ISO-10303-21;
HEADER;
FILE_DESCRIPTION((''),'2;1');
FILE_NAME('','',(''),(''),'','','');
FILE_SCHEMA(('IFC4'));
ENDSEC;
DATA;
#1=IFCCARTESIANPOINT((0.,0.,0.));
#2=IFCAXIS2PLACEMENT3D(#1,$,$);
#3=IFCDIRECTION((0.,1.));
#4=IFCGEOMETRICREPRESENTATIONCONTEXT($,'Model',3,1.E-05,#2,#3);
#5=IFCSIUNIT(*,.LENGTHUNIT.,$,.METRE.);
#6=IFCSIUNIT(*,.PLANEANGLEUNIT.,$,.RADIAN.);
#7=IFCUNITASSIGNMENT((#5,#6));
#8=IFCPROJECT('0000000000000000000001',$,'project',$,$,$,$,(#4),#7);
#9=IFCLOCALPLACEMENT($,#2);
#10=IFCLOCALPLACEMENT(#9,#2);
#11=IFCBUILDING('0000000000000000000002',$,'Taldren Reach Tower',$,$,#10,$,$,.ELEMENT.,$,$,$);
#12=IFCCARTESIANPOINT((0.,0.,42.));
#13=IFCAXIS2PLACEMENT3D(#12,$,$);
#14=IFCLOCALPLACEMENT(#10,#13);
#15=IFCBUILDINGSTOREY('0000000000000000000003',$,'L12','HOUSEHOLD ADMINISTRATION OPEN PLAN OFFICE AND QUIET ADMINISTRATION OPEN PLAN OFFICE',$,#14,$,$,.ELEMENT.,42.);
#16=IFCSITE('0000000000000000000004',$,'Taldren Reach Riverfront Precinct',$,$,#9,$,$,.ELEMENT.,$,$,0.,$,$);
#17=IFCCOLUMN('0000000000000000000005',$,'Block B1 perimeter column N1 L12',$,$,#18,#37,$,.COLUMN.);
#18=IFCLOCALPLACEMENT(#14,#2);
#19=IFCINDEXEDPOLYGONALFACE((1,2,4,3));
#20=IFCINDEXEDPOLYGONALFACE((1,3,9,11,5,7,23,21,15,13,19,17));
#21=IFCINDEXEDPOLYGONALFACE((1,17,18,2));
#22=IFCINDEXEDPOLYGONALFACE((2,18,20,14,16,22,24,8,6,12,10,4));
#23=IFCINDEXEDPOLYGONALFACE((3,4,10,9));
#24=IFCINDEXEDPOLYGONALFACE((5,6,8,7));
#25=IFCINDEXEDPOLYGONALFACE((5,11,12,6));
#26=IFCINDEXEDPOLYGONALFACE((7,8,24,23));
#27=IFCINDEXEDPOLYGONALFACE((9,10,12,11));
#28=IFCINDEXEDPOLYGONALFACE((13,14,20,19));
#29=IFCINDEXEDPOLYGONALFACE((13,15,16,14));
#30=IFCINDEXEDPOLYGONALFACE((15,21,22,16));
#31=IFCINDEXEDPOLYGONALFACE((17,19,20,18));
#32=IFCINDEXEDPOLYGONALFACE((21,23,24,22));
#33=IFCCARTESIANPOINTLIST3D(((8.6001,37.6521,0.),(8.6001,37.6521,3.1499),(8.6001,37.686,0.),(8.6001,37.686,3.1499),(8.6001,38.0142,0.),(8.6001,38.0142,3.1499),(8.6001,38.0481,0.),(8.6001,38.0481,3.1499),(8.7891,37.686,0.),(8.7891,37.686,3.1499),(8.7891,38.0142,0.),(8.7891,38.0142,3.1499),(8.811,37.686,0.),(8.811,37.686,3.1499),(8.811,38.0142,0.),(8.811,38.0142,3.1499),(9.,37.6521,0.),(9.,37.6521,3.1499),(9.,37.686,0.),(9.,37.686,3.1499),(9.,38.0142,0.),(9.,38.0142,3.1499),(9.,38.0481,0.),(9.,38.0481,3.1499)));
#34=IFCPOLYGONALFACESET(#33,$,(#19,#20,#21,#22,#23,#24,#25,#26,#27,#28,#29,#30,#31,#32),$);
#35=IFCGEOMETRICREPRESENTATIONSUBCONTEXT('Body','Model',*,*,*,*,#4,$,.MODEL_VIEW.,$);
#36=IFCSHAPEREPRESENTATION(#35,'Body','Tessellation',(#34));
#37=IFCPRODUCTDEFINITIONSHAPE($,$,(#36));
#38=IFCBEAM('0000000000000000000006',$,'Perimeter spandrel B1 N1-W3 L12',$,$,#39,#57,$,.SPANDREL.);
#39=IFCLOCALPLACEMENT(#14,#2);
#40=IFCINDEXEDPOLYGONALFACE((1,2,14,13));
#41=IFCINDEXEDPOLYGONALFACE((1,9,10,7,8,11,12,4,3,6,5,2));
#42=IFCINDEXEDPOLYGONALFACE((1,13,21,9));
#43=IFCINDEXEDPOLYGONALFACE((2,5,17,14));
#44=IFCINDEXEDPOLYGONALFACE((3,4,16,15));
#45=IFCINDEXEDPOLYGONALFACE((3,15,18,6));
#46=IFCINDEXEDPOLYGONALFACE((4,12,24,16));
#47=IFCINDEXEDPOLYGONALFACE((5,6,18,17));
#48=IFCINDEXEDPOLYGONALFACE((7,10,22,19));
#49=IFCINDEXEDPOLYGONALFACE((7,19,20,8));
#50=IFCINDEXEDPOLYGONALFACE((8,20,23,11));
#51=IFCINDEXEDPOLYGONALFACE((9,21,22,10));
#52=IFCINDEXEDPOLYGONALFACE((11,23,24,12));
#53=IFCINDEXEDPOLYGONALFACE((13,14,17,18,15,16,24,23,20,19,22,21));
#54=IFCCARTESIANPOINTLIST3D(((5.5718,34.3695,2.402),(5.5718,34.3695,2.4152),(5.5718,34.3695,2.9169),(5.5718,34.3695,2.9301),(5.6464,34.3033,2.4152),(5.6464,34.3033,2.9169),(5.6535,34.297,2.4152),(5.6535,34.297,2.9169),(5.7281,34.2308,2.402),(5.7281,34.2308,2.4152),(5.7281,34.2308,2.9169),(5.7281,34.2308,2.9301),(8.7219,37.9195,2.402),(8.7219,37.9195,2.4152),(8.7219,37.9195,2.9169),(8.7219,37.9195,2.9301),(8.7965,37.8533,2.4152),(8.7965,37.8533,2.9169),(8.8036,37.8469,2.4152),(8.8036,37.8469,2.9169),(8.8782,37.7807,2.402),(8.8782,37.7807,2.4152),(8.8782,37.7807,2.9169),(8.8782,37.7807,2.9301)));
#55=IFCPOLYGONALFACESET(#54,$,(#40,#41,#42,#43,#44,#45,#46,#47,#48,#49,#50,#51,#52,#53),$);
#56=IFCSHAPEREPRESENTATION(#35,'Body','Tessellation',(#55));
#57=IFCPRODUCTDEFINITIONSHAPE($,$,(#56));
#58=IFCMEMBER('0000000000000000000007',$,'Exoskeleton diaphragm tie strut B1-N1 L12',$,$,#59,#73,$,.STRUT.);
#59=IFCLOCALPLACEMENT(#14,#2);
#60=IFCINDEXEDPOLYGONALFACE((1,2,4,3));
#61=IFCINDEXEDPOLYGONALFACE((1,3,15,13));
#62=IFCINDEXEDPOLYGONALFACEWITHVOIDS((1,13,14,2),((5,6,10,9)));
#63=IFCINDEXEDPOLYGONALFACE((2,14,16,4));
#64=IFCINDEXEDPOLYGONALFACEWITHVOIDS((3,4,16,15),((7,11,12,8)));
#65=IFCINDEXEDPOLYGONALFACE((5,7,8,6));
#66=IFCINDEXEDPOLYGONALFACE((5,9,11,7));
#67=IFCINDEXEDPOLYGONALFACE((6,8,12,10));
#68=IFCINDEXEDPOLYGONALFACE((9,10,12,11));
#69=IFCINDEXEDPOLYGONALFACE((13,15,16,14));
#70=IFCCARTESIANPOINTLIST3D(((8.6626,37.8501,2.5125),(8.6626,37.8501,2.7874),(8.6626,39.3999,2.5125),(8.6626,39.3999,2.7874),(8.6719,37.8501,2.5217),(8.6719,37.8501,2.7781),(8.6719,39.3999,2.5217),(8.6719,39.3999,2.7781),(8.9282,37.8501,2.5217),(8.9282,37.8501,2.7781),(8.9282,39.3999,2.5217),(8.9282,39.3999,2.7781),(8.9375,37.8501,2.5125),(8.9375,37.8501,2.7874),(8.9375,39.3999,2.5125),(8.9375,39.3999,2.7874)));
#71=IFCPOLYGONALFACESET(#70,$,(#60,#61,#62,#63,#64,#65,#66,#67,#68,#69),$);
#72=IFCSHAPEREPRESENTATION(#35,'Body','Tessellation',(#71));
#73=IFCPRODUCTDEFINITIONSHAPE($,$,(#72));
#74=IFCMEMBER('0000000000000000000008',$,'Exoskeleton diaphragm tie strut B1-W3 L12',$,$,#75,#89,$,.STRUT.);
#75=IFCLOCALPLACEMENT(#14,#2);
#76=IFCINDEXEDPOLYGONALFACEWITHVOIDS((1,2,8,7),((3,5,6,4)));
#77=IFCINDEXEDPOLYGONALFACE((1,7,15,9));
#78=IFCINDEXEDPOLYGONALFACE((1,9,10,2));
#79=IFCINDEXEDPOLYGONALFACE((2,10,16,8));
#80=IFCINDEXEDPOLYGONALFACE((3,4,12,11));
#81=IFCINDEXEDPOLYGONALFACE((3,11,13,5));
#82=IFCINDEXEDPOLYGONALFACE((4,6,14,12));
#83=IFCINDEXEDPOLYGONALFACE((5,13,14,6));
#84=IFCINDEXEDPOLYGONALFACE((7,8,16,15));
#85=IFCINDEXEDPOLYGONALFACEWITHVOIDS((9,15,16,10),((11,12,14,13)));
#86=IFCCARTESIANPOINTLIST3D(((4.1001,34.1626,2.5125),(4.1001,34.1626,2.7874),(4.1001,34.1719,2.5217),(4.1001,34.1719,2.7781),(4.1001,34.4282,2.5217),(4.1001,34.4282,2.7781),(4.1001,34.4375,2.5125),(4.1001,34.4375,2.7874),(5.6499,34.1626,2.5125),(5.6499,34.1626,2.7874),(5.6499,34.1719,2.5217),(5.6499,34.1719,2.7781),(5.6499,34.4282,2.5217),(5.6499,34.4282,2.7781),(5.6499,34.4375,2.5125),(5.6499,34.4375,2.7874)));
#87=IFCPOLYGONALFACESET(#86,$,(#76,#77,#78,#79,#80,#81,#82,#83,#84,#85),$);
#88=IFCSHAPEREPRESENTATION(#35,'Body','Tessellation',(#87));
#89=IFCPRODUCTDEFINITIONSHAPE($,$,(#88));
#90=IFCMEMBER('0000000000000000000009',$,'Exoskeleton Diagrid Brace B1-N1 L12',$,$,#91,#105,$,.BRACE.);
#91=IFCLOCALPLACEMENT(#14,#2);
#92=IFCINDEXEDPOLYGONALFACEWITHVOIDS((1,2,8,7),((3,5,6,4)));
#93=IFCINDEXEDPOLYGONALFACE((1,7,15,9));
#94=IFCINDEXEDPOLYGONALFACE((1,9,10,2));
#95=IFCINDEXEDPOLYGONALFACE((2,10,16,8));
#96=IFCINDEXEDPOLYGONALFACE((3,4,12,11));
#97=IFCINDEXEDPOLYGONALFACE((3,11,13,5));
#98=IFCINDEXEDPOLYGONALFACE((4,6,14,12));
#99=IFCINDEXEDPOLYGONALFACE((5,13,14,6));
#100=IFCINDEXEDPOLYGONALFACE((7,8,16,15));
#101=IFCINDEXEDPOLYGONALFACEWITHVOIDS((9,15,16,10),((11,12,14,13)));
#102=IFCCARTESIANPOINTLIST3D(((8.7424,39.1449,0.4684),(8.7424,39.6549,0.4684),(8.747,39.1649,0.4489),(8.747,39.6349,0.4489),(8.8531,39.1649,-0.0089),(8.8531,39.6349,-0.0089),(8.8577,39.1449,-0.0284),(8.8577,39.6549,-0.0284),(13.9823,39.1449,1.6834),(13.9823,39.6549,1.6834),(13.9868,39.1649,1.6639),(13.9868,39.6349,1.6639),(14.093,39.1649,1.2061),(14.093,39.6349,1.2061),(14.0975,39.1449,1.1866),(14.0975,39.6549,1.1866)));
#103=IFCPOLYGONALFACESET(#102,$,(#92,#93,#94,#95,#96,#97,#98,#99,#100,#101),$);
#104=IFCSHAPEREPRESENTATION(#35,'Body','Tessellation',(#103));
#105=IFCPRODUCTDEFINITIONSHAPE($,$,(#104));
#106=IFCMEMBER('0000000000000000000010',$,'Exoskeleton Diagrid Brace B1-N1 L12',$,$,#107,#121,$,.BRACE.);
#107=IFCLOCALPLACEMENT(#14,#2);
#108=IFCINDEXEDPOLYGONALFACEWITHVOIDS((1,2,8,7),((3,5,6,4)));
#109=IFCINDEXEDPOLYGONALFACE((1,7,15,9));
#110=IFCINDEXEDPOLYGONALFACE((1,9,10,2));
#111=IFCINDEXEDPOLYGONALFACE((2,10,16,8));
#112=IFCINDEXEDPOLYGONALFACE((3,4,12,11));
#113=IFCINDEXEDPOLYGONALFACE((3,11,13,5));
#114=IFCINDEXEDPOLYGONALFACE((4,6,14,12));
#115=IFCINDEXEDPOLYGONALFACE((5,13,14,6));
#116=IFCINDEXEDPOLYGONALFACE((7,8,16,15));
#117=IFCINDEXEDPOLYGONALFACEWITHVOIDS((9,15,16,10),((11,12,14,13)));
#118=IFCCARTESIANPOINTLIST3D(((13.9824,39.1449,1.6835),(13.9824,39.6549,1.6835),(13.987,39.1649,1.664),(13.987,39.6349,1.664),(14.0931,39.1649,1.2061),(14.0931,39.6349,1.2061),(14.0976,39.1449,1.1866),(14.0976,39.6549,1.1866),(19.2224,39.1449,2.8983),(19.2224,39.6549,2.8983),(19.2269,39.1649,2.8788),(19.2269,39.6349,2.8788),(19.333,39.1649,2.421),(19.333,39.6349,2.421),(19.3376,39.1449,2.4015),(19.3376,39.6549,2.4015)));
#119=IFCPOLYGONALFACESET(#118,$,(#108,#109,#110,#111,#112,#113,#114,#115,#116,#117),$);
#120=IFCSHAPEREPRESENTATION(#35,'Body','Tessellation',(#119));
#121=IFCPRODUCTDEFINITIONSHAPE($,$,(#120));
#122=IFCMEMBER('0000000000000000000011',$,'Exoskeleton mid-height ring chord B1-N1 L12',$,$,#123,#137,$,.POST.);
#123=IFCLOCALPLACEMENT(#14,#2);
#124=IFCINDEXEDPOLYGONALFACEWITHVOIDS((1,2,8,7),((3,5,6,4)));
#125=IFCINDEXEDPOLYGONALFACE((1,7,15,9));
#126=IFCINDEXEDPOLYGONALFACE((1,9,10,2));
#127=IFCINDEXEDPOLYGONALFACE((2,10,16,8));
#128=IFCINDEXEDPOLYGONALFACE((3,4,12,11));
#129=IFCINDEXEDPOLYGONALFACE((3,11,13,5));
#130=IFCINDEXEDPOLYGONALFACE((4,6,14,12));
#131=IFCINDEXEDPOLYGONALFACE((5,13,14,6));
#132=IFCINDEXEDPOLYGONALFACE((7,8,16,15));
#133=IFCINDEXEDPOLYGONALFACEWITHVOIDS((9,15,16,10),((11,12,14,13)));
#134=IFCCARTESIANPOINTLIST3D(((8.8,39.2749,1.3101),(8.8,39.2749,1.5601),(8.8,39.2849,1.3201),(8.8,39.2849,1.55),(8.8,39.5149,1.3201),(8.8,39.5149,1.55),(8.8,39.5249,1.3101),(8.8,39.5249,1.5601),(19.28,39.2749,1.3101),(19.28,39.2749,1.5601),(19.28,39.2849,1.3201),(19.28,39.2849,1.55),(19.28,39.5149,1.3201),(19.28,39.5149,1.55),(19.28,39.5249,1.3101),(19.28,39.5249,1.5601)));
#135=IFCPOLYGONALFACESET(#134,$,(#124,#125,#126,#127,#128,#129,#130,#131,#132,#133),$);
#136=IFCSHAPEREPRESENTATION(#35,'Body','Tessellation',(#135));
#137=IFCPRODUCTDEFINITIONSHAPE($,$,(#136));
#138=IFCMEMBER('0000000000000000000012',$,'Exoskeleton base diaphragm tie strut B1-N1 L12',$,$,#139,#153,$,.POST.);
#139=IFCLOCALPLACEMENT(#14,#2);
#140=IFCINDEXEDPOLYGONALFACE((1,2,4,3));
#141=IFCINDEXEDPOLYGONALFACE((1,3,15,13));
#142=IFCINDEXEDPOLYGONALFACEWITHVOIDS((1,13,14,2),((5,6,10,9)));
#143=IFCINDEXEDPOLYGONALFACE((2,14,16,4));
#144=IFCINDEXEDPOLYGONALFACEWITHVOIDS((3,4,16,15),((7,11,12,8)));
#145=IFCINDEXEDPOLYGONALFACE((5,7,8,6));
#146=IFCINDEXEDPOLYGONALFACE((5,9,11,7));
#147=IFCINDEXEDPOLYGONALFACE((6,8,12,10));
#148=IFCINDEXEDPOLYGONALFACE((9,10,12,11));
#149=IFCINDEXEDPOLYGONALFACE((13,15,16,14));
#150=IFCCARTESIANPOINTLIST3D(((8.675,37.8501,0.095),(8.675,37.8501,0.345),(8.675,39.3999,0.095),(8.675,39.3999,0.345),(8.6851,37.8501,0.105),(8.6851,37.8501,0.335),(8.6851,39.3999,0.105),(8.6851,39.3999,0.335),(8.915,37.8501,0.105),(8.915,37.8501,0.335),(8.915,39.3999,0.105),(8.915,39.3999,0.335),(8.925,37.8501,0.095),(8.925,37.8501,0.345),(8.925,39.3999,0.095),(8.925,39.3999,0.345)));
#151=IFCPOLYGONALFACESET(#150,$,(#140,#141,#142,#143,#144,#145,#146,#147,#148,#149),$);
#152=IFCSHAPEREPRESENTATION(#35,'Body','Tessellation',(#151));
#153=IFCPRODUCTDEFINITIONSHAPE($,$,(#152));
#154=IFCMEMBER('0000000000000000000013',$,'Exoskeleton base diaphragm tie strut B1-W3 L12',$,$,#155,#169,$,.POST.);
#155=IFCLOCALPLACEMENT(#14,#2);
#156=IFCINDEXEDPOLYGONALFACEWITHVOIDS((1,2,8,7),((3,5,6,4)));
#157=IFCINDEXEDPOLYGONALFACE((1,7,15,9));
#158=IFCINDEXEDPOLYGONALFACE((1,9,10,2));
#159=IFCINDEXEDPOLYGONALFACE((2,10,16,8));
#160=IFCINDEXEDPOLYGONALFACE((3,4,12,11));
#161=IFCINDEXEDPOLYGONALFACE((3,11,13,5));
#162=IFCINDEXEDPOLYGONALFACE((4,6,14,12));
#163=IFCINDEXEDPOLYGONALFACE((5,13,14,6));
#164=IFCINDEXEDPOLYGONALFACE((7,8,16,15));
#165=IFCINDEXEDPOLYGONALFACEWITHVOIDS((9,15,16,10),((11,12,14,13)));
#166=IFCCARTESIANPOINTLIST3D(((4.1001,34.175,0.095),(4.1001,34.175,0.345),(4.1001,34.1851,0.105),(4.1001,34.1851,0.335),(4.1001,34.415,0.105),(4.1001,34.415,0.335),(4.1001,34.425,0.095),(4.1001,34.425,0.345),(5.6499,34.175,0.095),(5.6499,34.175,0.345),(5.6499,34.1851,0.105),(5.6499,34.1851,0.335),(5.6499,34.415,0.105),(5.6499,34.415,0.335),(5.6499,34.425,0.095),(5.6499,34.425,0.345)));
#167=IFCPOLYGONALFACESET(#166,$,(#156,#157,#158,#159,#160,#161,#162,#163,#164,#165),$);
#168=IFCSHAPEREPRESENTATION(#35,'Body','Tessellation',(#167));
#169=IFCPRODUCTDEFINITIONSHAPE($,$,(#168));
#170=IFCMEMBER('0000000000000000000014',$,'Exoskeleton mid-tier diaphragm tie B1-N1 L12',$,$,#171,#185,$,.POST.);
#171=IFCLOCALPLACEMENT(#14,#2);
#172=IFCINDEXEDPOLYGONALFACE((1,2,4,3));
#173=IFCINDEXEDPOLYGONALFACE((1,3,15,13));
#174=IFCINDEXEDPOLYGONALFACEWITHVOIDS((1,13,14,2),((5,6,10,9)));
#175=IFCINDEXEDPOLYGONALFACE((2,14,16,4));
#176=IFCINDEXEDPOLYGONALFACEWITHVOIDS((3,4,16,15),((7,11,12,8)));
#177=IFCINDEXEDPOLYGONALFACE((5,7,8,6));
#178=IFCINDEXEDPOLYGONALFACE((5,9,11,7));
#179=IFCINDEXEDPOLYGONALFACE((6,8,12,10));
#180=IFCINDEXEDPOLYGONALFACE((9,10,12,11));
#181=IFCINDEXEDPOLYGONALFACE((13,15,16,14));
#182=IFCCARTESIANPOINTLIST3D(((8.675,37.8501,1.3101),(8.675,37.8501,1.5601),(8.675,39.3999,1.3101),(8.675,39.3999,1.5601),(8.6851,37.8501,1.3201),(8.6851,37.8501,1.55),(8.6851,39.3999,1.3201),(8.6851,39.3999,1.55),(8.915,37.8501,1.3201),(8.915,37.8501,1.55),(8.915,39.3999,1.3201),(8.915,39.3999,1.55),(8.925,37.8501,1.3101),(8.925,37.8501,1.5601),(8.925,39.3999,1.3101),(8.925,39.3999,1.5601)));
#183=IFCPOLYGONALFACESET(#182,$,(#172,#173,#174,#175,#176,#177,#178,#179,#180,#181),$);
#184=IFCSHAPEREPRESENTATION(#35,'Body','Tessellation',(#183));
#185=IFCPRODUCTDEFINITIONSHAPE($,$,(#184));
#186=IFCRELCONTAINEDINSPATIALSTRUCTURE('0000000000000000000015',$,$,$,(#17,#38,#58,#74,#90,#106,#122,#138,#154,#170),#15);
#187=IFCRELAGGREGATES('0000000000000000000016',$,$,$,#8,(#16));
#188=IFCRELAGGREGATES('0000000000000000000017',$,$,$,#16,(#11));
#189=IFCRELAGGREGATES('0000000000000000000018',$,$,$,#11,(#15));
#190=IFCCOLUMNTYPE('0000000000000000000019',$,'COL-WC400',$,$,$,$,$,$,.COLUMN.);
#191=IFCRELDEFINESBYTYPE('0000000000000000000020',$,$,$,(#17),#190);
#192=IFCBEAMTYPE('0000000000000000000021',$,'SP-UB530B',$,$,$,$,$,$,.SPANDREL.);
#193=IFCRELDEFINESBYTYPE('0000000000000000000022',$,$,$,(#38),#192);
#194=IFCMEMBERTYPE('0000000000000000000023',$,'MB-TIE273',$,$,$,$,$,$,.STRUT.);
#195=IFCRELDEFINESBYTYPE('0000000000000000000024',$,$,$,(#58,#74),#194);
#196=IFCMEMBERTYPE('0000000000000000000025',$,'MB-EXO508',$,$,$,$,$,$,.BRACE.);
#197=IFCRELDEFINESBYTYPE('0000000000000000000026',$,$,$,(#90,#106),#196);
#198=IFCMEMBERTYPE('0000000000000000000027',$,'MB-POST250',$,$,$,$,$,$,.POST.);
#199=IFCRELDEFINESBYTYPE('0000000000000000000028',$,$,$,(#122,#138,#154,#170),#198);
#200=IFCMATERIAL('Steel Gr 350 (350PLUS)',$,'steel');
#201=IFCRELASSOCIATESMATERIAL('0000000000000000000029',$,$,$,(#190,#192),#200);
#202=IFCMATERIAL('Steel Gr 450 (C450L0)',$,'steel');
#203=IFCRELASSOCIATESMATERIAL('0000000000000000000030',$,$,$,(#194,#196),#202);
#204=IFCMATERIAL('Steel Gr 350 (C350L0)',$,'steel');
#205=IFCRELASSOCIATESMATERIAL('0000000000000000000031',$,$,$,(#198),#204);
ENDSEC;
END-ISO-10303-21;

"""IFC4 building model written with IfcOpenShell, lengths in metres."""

from ifc_helpers import new_model, si_unit, direction, frame, origin, origin_2d, place, context, subcontext, project, spatial, hollow_rectangle, i_section, extrude, source, transform, mapped, material, material_profile, profile_set, type_object, element, save


model = new_model("IFC4")

# Units and contexts
model_context = context("Model", 3, precision=1e-05, world=origin(), true_north=direction((0.0, 1.0)))
body_context = subcontext(model_context, "Body", "Model", "MODEL_VIEW")
ifc_project = project(units=[si_unit("LENGTHUNIT", "METRE"), si_unit("PLANEANGLEUNIT", "RADIAN")], contexts=[model_context])

# Site, building, storey
site_placement = place(None, origin())
site = spatial("IfcSite", under=ifc_project, at=site_placement, Name="Taldren Reach Riverfront Precinct", CompositionType="ELEMENT", RefElevation=0.0)
building_placement = place(site_placement, origin())
building = spatial("IfcBuilding", under=site, at=building_placement, Name="Taldren Reach Tower", CompositionType="ELEMENT")
storey_placement = place(building_placement, frame((0.0, 0.0, 42.0)))
storey = spatial("IfcBuildingStorey", under=building, at=storey_placement, Name="L12", Description="HOUSEHOLD ADMINISTRATION OPEN PLAN OFFICE AND QUIET ADMINISTRATION OPEN PLAN OFFICE", CompositionType="ELEMENT", Elevation=42.0)

# Column
ifc_material_1 = material(Name="Steel Gr 350 (350PLUS)", Category="steel")
ifc_material_profile_1 = material_profile(ifc_material_1, i_section(OverallWidth=0.3999, OverallDepth=0.396, WebThickness=0.022, FlangeThickness=0.0339, at=origin_2d()), Name="400WC270")
ifc_profile_set_1 = profile_set([ifc_material_profile_1], Name="Steel Gr 350 (350PLUS)")
column_type = type_object("IfcColumnType", Name="COL-WC400", PredefinedType="COLUMN", material=ifc_profile_set_1)
shared_shape_1 = source(origin(), body_context, "Body", "SweptSolid", [
    extrude(i_section(OverallWidth=0.3999, OverallDepth=0.396, WebThickness=0.022, FlangeThickness=0.0339, at=origin_2d()), origin(), (0.0, 0.0, 1.0), 3.1499),
])
column_placement = place(storey_placement, frame((8.8, 37.8501, 0.0), z_axis=(0.0, 0.0, 1.0), x_axis=(1.0, 0.0, 0.0)))
element("IfcColumn", 1, at=column_placement, inside=storey, type_object=column_type, Name="Block B1 perimeter column N1 L12", PredefinedType="COLUMN", context=body_context, shape_type="MappedRepresentation", body=[
    mapped(shared_shape_1, transform((0.0, 0.0, 0.0), scale=1.0)),
])

# Beam
ifc_material_profile_2 = material_profile(ifc_material_1, i_section(OverallWidth=0.209, OverallDepth=0.5281, WebThickness=0.0095, FlangeThickness=0.0132, at=origin_2d()), Name="530UB82.0")
ifc_profile_set_2 = profile_set([ifc_material_profile_2], Name="Steel Gr 350 (350PLUS)")
beam_type = type_object("IfcBeamType", Name="SP-UB530B", PredefinedType="SPANDREL", material=ifc_profile_set_2)
shared_shape_2 = source(origin(), body_context, "Body", "SweptSolid", [
    extrude(i_section(OverallWidth=0.209, OverallDepth=0.5281, WebThickness=0.0095, FlangeThickness=0.0132, at=origin_2d()), origin(), (0.0, 0.0, 1.0), 4.7461),
])
beam_placement = place(storey_placement, frame((8.8, 37.8501, 2.666), z_axis=(-0.663722, -0.747979, 0.0), x_axis=(0.747979, -0.663722, 0.0)))
element("IfcBeam", 2, at=beam_placement, inside=storey, type_object=beam_type, Name="Perimeter spandrel B1 N1-W3 L12", PredefinedType="SPANDREL", context=body_context, shape_type="MappedRepresentation", body=[
    mapped(shared_shape_2, transform((0.0, 0.0, 0.0), scale=1.0)),
])

# Members
ifc_material_2 = material(Name="Steel Gr 450 (C450L0)", Category="steel")
ifc_material_profile_3 = material_profile(ifc_material_2, hollow_rectangle(XDim=0.2749, YDim=0.2749, WallThickness=0.0093, at=origin_2d()), Name="275x275x9.3SHS")
ifc_profile_set_3 = profile_set([ifc_material_profile_3], Name="Steel Gr 450 (C450L0)")
member_type_1 = type_object("IfcMemberType", Name="MB-TIE273", PredefinedType="STRUT", material=ifc_profile_set_3)
shared_shape_3 = source(origin(), body_context, "Body", "SweptSolid", [
    extrude(hollow_rectangle(XDim=0.2749, YDim=0.2749, WallThickness=0.0093, at=origin_2d()), origin(), (0.0, 0.0, 1.0), 1.5498),
])
for number, where, z_axis, x_axis, name in (
    (3, (8.8, 37.8501, 2.6499), (0.0, 1.0, 0.0), (-1.0, 0.0, 0.0), "Exoskeleton diaphragm tie strut B1-N1 L12"),
    (4, (5.6499, 34.3, 2.6499), (-1.0, 0.0, 0.0), (0.0, -1.0, 0.0), "Exoskeleton diaphragm tie strut B1-W3 L12"),
):
    element("IfcMember", number, at=place(storey_placement, frame(where, z_axis=z_axis, x_axis=x_axis)), inside=storey, type_object=member_type_1, Name=name, PredefinedType="STRUT", context=body_context, shape_type="MappedRepresentation", body=[
        mapped(shared_shape_3, transform((0.0, 0.0, 0.0), scale=1.0)),
    ])
ifc_material_profile_4 = material_profile(ifc_material_2, hollow_rectangle(XDim=0.51, YDim=0.51, WallThickness=0.02, at=origin_2d()), Name="510x510x20.0SHS")
ifc_profile_set_4 = profile_set([ifc_material_profile_4], Name="Steel Gr 450 (C450L0)")
member_type_2 = type_object("IfcMemberType", Name="MB-EXO508", PredefinedType="BRACE", material=ifc_profile_set_4)
shared_shape_4 = source(origin(), body_context, "Body", "SweptSolid", [
    extrude(hollow_rectangle(XDim=0.51, YDim=0.51, WallThickness=0.02, at=origin_2d()), origin(), (0.0, 0.0, 1.0), 5.3789),
])
for number, where, z_axis, x_axis, name in (
    (5, (8.8, 39.3999, 0.22), (0.974152, 0.0, 0.225894), (0.0, 1.0, 0.0), "Exoskeleton Diagrid Brace B1-N1 L12"),
    (6, (14.04, 39.3999, 1.4351), (0.974162, 0.0, 0.225851), (0.0, 1.0, 0.0), "Exoskeleton Diagrid Brace B1-N1 L12"),
):
    element("IfcMember", number, at=place(storey_placement, frame(where, z_axis=z_axis, x_axis=x_axis)), inside=storey, type_object=member_type_2, Name=name, PredefinedType="BRACE", context=body_context, shape_type="MappedRepresentation", body=[
        mapped(shared_shape_4, transform((0.0, 0.0, 0.0), scale=1.0)),
    ])
ifc_material_3 = material(Name="Steel Gr 350 (C350L0)", Category="steel")
ifc_material_profile_5 = material_profile(ifc_material_3, hollow_rectangle(XDim=0.25, YDim=0.25, WallThickness=0.01, at=origin_2d()), Name="250x250x10.0SHS")
ifc_profile_set_5 = profile_set([ifc_material_profile_5], Name="Steel Gr 350 (C350L0)")
member_type_3 = type_object("IfcMemberType", Name="MB-POST250", PredefinedType="POST", material=ifc_profile_set_5)
shared_shape_5 = source(origin(), body_context, "Body", "SweptSolid", [
    extrude(hollow_rectangle(XDim=0.25, YDim=0.25, WallThickness=0.01, at=origin_2d()), origin(), (0.0, 0.0, 1.0), 10.48),
])
member_1_placement = place(storey_placement, frame((8.8, 39.3999, 1.4351), z_axis=(1.0, 0.0, 0.0), x_axis=(0.0, 1.0, 0.0)))
element("IfcMember", 7, at=member_1_placement, inside=storey, type_object=member_type_3, Name="Exoskeleton mid-height ring chord B1-N1 L12", PredefinedType="POST", context=body_context, shape_type="MappedRepresentation", body=[
    mapped(shared_shape_5, transform((0.0, 0.0, 0.0), scale=1.0)),
])
shared_shape_6 = source(origin(), body_context, "Body", "SweptSolid", [
    extrude(hollow_rectangle(XDim=0.25, YDim=0.25, WallThickness=0.01, at=origin_2d()), origin(), (0.0, 0.0, 1.0), 1.5498),
])
for number, where, z_axis, x_axis, name in (
    (8, (8.8, 37.8501, 0.22), (0.0, 1.0, 0.0), (-1.0, 0.0, 0.0), "Exoskeleton base diaphragm tie strut B1-N1 L12"),
    (9, (5.6499, 34.3, 0.22), (-1.0, 0.0, 0.0), (0.0, -1.0, 0.0), "Exoskeleton base diaphragm tie strut B1-W3 L12"),
    (10, (8.8, 37.8501, 1.4351), (0.0, 1.0, 0.0), (-1.0, 0.0, 0.0), "Exoskeleton mid-tier diaphragm tie B1-N1 L12"),
):
    element("IfcMember", number, at=place(storey_placement, frame(where, z_axis=z_axis, x_axis=x_axis)), inside=storey, type_object=member_type_3, Name=name, PredefinedType="POST", context=body_context, shape_type="MappedRepresentation", body=[
        mapped(shared_shape_6, transform((0.0, 0.0, 0.0), scale=1.0)),
    ])

save(model, "model.ifc")
